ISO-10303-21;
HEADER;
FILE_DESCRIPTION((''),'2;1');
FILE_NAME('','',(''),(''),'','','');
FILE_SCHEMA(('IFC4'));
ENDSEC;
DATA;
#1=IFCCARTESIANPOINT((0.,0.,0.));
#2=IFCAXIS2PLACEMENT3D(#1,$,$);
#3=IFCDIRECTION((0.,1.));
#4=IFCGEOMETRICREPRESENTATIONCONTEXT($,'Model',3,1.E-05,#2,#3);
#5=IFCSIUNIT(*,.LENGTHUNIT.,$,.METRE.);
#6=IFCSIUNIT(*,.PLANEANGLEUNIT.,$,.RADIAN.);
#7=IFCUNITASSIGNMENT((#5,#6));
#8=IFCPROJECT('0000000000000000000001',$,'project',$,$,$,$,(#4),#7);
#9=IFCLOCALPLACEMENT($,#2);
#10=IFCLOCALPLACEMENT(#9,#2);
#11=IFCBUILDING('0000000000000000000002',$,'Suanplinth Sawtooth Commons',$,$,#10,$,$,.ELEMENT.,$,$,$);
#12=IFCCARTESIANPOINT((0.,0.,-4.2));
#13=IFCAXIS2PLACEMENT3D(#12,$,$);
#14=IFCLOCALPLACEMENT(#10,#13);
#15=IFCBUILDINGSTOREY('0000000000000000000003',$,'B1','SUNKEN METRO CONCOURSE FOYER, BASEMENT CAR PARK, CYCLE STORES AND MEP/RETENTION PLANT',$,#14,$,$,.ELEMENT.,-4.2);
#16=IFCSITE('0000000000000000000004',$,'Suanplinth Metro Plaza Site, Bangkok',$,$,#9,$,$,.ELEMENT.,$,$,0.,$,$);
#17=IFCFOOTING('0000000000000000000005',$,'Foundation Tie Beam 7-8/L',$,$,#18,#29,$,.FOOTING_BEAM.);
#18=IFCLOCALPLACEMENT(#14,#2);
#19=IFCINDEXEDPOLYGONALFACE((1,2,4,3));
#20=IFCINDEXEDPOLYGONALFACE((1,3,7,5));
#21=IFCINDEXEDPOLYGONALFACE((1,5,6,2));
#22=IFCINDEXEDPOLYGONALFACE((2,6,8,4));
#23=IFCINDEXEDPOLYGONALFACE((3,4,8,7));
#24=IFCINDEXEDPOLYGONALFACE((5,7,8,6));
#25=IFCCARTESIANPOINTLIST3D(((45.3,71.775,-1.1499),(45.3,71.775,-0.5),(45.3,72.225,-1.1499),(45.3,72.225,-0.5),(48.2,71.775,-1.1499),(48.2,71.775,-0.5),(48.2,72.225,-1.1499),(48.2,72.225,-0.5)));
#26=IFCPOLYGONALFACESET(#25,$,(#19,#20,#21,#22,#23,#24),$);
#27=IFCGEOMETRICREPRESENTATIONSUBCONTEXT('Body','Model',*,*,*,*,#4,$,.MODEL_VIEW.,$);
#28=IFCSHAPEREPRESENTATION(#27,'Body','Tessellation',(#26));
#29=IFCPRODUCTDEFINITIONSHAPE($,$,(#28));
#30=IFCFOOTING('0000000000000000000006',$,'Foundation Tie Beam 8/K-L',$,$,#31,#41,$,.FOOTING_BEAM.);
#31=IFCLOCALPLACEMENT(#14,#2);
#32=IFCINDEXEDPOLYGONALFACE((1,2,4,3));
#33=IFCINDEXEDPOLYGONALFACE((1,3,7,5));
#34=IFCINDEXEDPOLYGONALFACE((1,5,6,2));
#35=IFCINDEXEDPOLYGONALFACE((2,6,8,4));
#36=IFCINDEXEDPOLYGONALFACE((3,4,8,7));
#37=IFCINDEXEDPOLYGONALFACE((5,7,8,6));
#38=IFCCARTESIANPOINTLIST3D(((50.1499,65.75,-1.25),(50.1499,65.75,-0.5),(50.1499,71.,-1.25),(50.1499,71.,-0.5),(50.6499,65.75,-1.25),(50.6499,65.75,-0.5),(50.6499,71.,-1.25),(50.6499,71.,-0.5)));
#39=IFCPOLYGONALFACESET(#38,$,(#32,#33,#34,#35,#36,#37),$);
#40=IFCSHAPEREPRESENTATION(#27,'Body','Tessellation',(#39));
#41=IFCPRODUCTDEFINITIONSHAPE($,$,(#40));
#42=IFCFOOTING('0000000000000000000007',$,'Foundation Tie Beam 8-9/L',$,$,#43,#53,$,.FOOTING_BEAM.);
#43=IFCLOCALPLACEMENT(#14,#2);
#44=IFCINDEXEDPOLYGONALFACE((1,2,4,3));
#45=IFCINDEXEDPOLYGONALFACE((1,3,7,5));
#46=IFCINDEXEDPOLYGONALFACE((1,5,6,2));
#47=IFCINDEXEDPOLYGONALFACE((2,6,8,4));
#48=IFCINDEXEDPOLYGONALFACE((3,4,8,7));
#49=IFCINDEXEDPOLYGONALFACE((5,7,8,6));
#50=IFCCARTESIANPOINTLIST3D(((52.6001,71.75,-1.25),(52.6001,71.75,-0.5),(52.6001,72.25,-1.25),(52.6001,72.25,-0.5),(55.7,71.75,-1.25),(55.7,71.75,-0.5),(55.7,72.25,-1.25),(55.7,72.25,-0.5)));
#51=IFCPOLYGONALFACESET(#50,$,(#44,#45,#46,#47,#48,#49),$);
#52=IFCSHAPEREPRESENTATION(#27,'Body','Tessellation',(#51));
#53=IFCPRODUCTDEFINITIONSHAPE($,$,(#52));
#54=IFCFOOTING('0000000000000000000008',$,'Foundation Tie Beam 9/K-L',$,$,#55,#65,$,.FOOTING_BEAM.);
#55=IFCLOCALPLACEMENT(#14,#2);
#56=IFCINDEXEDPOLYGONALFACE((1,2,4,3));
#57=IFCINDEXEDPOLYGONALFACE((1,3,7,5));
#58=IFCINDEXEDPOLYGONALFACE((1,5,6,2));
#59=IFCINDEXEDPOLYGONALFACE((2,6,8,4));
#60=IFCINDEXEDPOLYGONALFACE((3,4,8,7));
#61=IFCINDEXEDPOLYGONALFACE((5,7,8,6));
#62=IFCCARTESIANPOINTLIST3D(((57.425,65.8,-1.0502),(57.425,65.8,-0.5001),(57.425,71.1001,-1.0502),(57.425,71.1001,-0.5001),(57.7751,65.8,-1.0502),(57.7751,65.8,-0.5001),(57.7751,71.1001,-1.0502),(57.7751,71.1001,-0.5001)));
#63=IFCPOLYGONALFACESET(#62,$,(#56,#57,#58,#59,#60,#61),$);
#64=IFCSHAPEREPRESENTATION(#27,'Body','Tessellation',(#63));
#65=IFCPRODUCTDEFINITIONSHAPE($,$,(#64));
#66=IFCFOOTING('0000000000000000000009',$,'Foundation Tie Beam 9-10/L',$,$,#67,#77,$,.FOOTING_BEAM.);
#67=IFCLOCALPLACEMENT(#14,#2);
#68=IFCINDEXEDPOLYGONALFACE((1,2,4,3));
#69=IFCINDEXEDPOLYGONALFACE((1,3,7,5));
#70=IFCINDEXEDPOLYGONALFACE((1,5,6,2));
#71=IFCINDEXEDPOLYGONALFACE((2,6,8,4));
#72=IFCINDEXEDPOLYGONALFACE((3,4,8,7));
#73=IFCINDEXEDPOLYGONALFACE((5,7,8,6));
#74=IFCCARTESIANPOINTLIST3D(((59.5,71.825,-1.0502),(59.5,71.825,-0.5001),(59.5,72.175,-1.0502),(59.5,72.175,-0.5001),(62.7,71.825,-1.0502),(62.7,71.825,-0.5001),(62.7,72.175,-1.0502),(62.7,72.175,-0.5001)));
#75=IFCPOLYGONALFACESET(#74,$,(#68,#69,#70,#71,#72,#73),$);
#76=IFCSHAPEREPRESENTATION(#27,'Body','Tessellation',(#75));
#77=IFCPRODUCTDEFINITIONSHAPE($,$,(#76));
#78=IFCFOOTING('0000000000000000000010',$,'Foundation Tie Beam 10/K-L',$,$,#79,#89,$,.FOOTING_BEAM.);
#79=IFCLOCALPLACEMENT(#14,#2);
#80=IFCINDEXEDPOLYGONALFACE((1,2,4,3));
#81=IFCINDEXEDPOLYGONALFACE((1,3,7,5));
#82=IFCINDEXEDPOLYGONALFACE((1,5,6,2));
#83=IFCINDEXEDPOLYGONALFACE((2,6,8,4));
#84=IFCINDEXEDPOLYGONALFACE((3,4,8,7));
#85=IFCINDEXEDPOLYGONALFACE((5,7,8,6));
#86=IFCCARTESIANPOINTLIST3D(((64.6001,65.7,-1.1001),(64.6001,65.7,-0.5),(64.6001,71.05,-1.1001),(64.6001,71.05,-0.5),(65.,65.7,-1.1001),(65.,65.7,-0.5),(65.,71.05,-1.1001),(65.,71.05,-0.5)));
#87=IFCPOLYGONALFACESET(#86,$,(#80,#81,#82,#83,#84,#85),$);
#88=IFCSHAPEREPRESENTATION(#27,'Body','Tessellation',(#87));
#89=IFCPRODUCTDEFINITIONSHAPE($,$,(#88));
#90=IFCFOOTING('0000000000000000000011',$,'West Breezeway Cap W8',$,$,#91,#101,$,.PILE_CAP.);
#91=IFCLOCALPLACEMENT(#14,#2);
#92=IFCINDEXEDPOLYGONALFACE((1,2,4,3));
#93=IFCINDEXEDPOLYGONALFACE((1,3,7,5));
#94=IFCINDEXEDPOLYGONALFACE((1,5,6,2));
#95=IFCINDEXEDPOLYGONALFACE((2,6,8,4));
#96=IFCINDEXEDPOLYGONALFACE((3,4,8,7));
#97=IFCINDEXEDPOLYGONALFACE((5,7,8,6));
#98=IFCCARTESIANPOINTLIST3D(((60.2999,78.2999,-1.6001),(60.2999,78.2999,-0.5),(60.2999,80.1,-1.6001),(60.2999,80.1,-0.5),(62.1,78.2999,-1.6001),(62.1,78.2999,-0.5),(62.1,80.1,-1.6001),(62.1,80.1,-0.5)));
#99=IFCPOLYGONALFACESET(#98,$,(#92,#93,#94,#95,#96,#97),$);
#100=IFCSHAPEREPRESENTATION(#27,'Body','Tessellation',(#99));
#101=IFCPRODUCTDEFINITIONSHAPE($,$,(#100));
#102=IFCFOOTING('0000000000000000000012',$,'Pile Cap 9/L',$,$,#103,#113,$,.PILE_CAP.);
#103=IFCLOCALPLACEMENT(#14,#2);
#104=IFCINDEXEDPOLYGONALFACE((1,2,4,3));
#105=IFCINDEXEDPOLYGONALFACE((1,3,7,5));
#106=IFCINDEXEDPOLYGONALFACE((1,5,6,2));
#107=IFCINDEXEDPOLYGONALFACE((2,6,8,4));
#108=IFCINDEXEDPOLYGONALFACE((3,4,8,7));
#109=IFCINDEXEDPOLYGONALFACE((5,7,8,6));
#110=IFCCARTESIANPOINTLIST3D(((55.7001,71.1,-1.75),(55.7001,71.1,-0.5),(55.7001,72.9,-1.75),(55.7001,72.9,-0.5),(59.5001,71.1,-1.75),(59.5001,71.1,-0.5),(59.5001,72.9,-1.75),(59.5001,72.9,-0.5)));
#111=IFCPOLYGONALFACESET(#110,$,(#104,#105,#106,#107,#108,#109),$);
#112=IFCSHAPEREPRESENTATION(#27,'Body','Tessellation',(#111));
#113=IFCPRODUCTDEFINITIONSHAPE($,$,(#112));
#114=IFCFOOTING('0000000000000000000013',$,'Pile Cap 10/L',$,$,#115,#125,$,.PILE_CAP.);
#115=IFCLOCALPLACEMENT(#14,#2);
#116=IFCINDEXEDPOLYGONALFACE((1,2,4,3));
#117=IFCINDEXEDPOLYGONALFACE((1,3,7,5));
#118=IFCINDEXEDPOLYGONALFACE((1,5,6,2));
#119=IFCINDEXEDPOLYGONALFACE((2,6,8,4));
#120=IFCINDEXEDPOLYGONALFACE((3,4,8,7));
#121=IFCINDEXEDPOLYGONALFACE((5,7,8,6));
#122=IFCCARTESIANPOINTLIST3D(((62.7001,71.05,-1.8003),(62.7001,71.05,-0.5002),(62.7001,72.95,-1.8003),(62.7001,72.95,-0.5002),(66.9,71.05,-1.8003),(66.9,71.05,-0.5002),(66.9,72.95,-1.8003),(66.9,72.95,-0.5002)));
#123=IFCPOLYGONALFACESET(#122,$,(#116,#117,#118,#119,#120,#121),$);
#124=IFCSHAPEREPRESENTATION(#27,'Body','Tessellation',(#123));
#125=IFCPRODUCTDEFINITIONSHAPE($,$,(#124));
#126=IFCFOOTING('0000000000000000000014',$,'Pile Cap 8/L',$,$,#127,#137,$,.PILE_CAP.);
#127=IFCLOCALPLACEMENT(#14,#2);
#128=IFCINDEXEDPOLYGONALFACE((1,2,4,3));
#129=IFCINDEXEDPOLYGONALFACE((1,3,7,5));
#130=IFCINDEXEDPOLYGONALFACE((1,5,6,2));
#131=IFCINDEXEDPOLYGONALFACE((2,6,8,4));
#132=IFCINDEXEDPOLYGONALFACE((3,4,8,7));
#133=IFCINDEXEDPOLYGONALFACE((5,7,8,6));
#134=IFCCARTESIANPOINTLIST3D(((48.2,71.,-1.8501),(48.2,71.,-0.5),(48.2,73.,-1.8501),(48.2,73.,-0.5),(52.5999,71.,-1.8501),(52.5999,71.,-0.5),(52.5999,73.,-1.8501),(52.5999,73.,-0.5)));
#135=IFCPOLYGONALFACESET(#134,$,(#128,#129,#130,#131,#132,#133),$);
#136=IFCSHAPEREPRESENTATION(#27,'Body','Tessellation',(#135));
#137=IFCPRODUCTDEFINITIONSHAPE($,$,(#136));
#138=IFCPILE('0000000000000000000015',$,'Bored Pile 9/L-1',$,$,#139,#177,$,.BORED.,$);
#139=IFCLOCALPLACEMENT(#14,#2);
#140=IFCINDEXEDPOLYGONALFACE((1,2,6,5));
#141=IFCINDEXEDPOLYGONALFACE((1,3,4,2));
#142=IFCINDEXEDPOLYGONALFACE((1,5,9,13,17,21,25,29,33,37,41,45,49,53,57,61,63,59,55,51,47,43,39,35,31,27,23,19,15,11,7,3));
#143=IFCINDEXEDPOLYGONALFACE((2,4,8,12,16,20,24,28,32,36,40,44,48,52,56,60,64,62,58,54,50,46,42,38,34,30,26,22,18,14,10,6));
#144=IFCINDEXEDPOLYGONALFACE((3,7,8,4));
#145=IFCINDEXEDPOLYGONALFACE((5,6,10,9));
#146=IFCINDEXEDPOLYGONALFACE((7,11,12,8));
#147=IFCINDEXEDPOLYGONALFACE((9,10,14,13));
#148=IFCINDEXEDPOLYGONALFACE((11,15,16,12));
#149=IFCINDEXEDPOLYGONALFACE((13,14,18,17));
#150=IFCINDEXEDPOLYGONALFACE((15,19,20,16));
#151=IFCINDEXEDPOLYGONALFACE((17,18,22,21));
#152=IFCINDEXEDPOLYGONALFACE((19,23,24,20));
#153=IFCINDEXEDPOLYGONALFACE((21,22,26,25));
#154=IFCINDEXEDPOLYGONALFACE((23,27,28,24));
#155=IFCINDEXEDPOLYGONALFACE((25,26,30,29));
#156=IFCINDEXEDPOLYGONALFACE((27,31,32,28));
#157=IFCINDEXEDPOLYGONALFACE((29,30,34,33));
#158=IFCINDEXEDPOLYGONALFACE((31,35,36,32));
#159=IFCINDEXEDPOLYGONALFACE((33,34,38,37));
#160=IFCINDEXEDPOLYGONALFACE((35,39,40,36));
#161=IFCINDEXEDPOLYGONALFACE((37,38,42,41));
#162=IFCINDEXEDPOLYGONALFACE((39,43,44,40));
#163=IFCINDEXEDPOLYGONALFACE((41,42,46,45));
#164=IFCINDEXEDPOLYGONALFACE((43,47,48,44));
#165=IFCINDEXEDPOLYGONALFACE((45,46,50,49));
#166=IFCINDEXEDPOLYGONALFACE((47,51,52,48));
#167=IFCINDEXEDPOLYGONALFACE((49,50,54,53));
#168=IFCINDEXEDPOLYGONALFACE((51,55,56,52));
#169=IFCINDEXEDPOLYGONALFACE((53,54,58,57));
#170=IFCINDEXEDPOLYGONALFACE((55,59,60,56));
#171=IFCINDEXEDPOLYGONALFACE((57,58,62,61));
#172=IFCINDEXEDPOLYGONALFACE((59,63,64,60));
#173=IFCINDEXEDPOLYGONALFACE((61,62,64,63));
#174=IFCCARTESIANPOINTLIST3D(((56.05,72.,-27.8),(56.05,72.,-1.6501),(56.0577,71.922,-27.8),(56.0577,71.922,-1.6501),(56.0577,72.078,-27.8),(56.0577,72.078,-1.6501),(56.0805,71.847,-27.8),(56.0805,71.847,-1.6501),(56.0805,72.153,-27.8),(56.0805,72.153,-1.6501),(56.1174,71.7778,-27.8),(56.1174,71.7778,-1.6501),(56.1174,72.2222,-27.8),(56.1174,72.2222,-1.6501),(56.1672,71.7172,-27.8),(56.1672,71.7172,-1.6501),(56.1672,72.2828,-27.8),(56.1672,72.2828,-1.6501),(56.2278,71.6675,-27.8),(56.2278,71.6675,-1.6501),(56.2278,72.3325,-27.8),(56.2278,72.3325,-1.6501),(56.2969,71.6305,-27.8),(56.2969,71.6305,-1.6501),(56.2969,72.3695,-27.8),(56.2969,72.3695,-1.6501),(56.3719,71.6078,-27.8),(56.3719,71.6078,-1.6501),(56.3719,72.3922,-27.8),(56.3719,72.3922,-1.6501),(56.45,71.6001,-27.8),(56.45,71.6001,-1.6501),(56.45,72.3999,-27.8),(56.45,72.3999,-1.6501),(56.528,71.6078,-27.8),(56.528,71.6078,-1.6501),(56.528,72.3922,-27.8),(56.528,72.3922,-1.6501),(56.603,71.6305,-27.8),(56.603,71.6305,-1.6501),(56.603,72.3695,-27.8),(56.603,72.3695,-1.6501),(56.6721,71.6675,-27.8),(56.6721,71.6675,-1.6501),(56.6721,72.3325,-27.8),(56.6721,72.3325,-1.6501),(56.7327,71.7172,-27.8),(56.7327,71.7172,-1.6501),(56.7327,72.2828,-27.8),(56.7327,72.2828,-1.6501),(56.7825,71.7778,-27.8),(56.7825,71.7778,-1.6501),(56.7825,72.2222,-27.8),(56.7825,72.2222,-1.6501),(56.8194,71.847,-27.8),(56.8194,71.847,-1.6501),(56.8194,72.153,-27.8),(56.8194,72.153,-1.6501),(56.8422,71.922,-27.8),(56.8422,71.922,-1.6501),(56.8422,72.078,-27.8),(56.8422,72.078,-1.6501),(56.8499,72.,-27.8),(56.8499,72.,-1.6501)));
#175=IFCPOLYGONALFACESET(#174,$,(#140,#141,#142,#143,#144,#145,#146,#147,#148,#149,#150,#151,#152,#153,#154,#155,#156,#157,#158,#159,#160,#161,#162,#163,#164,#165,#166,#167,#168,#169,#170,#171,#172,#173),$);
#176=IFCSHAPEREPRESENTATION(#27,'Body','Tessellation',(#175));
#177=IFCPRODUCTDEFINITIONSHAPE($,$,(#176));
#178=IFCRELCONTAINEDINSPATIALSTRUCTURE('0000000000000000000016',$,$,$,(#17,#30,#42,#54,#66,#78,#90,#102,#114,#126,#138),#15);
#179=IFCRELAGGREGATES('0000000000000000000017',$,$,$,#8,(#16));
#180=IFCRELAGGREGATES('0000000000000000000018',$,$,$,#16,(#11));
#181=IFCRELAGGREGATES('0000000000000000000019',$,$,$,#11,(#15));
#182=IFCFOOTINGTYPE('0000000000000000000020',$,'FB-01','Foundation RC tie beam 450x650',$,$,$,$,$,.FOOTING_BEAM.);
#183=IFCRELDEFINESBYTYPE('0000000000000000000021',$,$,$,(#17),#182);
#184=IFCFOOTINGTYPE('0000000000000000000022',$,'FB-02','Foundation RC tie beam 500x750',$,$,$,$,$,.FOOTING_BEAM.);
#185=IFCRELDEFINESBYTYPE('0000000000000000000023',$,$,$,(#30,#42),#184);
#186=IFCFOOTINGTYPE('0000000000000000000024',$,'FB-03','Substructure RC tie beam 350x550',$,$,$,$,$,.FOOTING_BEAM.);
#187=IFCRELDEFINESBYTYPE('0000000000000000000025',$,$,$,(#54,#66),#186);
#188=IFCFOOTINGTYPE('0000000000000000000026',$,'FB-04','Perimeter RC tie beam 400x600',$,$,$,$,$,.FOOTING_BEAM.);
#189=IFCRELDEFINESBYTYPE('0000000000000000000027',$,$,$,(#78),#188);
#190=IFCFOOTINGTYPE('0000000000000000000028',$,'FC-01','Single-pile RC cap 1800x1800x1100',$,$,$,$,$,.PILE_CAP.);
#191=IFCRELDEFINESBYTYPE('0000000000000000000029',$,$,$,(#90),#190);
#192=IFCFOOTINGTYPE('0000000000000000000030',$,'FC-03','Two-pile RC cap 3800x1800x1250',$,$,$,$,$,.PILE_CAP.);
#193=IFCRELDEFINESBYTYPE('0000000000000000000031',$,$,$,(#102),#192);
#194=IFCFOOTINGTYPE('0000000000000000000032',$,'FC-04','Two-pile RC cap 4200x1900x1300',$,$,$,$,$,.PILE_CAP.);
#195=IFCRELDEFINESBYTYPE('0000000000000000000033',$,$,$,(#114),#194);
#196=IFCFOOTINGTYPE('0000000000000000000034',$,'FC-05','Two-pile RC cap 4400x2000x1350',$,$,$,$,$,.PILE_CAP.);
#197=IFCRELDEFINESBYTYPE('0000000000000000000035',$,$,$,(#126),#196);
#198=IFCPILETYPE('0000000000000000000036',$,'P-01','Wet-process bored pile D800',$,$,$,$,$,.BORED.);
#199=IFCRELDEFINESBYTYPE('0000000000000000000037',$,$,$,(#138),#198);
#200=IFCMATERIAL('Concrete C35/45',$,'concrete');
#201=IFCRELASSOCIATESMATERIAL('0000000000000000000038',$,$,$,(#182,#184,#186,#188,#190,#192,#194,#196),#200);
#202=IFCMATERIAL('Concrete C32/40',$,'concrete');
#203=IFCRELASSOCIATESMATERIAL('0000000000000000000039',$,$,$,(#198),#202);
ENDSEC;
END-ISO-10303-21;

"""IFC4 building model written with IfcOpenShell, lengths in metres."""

from ifc_helpers import new_model, si_unit, direction, frame, origin, origin_2d, place, context, subcontext, project, spatial, rectangle, circle, extrude, material, material_profile, profile_set, type_object, element, save


model = new_model("IFC4")

# Units and contexts
model_context = context("Model", 3, precision=1e-05, world=origin(), true_north=direction((0.0, 1.0)))
body_context = subcontext(model_context, "Body", "Model", "MODEL_VIEW")
ifc_project = project(units=[si_unit("LENGTHUNIT", "METRE"), si_unit("PLANEANGLEUNIT", "RADIAN")], contexts=[model_context])

# Site, building, storey
site_placement = place(None, origin())
site = spatial("IfcSite", under=ifc_project, at=site_placement, Name="Suanplinth Metro Plaza Site, Bangkok", CompositionType="ELEMENT", RefElevation=0.0)
building_placement = place(site_placement, origin())
building = spatial("IfcBuilding", under=site, at=building_placement, Name="Suanplinth Sawtooth Commons", CompositionType="ELEMENT")
storey_placement = place(building_placement, frame((0.0, 0.0, -4.2)))
storey = spatial("IfcBuildingStorey", under=building, at=storey_placement, Name="B1", Description="SUNKEN METRO CONCOURSE FOYER, BASEMENT CAR PARK, CYCLE STORES AND MEP/RETENTION PLANT", CompositionType="ELEMENT", Elevation=-4.2)

# Footings
ifc_material_1 = material(Name="Concrete C35/45", Category="concrete")
ifc_material_profile_1 = material_profile(ifc_material_1, rectangle(XDim=0.45, YDim=0.6499, at=origin_2d()), Name="PC-GDR 450x650")
ifc_profile_set_1 = profile_set([ifc_material_profile_1], Name="Concrete C35/45")
footing_type_1 = type_object("IfcFootingType", Name="FB-01", Description="Foundation RC tie beam 450x650", PredefinedType="FOOTING_BEAM", material=ifc_profile_set_1)
footing_1_placement = place(storey_placement, frame((45.3, 72.0, -0.825), z_axis=(1.0, 0.0, 0.0), x_axis=(0.0, 1.0, 0.0)))
element("IfcFooting", 1, at=footing_1_placement, inside=storey, type_object=footing_type_1, Name="Foundation Tie Beam 7-8/L", PredefinedType="FOOTING_BEAM", context=body_context, shape_type="SweptSolid", body=[
    extrude(rectangle(XDim=0.45, YDim=0.6499, at=origin_2d()), origin(), (0.0, 0.0, 1.0), 2.8999),
])
ifc_material_profile_2 = material_profile(ifc_material_1, rectangle(XDim=0.5, YDim=0.75, at=origin_2d()), Name="RC-GDR 500x750")
ifc_profile_set_2 = profile_set([ifc_material_profile_2], Name="Concrete C35/45")
footing_type_2 = type_object("IfcFootingType", Name="FB-02", Description="Foundation RC tie beam 500x750", PredefinedType="FOOTING_BEAM", material=ifc_profile_set_2)
footing_2_placement = place(storey_placement, frame((50.3999, 65.75, -0.875), z_axis=(0.0, 1.0, 0.0), x_axis=(-1.0, 0.0, 0.0)))
element("IfcFooting", 2, at=footing_2_placement, inside=storey, type_object=footing_type_2, Name="Foundation Tie Beam 8/K-L", PredefinedType="FOOTING_BEAM", context=body_context, shape_type="SweptSolid", body=[
    extrude(rectangle(XDim=0.5, YDim=0.75, at=origin_2d()), origin(), (0.0, 0.0, 1.0), 5.25),
])
footing_3_placement = place(storey_placement, frame((52.6001, 72.0, -0.875), z_axis=(1.0, 0.0, 0.0), x_axis=(0.0, 1.0, 0.0)))
element("IfcFooting", 3, at=footing_3_placement, inside=storey, type_object=footing_type_2, Name="Foundation Tie Beam 8-9/L", PredefinedType="FOOTING_BEAM", context=body_context, shape_type="SweptSolid", body=[
    extrude(rectangle(XDim=0.5, YDim=0.75, at=origin_2d()), origin(), (0.0, 0.0, 1.0), 3.0999),
])
ifc_material_profile_3 = material_profile(ifc_material_1, rectangle(XDim=0.3501, YDim=0.55, at=origin_2d()), Name="PC-BM 350x550")
ifc_profile_set_3 = profile_set([ifc_material_profile_3], Name="Concrete C35/45")
footing_type_3 = type_object("IfcFootingType", Name="FB-03", Description="Substructure RC tie beam 350x550", PredefinedType="FOOTING_BEAM", material=ifc_profile_set_3)
footing_4_placement = place(storey_placement, frame((57.6001, 65.8, -0.7751), z_axis=(0.0, 1.0, 0.0), x_axis=(-1.0, 0.0, 0.0)))
element("IfcFooting", 4, at=footing_4_placement, inside=storey, type_object=footing_type_3, Name="Foundation Tie Beam 9/K-L", PredefinedType="FOOTING_BEAM", context=body_context, shape_type="SweptSolid", body=[
    extrude(rectangle(XDim=0.3501, YDim=0.55, at=origin_2d()), origin(), (0.0, 0.0, 1.0), 5.3),
])
footing_5_placement = place(storey_placement, frame((59.5, 72.0, -0.7751), z_axis=(1.0, 0.0, 0.0), x_axis=(0.0, 1.0, 0.0)))
element("IfcFooting", 5, at=footing_5_placement, inside=storey, type_object=footing_type_3, Name="Foundation Tie Beam 9-10/L", PredefinedType="FOOTING_BEAM", context=body_context, shape_type="SweptSolid", body=[
    extrude(rectangle(XDim=0.3501, YDim=0.55, at=origin_2d()), origin(), (0.0, 0.0, 1.0), 3.2),
])
ifc_material_profile_4 = material_profile(ifc_material_1, rectangle(XDim=0.3999, YDim=0.6001, at=origin_2d()), Name="PC-GDR 400x600")
ifc_profile_set_4 = profile_set([ifc_material_profile_4], Name="Concrete C35/45")
footing_type_4 = type_object("IfcFootingType", Name="FB-04", Description="Perimeter RC tie beam 400x600", PredefinedType="FOOTING_BEAM", material=ifc_profile_set_4)
footing_6_placement = place(storey_placement, frame((64.8, 65.7, -0.8), z_axis=(0.0, 1.0, 0.0), x_axis=(-1.0, 0.0, 0.0)))
element("IfcFooting", 6, at=footing_6_placement, inside=storey, type_object=footing_type_4, Name="Foundation Tie Beam 10/K-L", PredefinedType="FOOTING_BEAM", context=body_context, shape_type="SweptSolid", body=[
    extrude(rectangle(XDim=0.3999, YDim=0.6001, at=origin_2d()), origin(), (0.0, 0.0, 1.0), 5.3501),
])
footing_type_5 = type_object("IfcFootingType", Name="FC-01", Description="Single-pile RC cap 1800x1800x1100", PredefinedType="PILE_CAP", material=ifc_material_1)
footing_7_placement = place(storey_placement, frame((61.2, 79.2, -1.6001), z_axis=(0.0, 0.0, 1.0), x_axis=(1.0, 0.0, 0.0)))
element("IfcFooting", 7, at=footing_7_placement, inside=storey, type_object=footing_type_5, Name="West Breezeway Cap W8", PredefinedType="PILE_CAP", context=body_context, shape_type="SweptSolid", body=[
    extrude(rectangle(XDim=1.8, YDim=1.8, at=origin_2d()), origin(), (0.0, 0.0, 1.0), 1.1001),
])
footing_type_6 = type_object("IfcFootingType", Name="FC-03", Description="Two-pile RC cap 3800x1800x1250", PredefinedType="PILE_CAP", material=ifc_material_1)
footing_8_placement = place(storey_placement, frame((57.6001, 72.0, -1.75), z_axis=(0.0, 0.0, 1.0), x_axis=(1.0, 0.0, 0.0)))
element("IfcFooting", 8, at=footing_8_placement, inside=storey, type_object=footing_type_6, Name="Pile Cap 9/L", PredefinedType="PILE_CAP", context=body_context, shape_type="SweptSolid", body=[
    extrude(rectangle(XDim=3.8, YDim=1.8, at=origin_2d()), origin(), (0.0, 0.0, 1.0), 1.25),
])
footing_type_7 = type_object("IfcFootingType", Name="FC-04", Description="Two-pile RC cap 4200x1900x1300", PredefinedType="PILE_CAP", material=ifc_material_1)
footing_9_placement = place(storey_placement, frame((64.8, 72.0, -1.8003), z_axis=(0.0, 0.0, 1.0), x_axis=(1.0, 0.0, 0.0)))
element("IfcFooting", 9, at=footing_9_placement, inside=storey, type_object=footing_type_7, Name="Pile Cap 10/L", PredefinedType="PILE_CAP", context=body_context, shape_type="SweptSolid", body=[
    extrude(rectangle(XDim=4.2, YDim=1.8999, at=origin_2d()), origin(), (0.0, 0.0, 1.0), 1.3),
])
footing_type_8 = type_object("IfcFootingType", Name="FC-05", Description="Two-pile RC cap 4400x2000x1350", PredefinedType="PILE_CAP", material=ifc_material_1)
footing_10_placement = place(storey_placement, frame((50.3999, 72.0, -1.8501), z_axis=(0.0, 0.0, 1.0), x_axis=(1.0, 0.0, 0.0)))
element("IfcFooting", 10, at=footing_10_placement, inside=storey, type_object=footing_type_8, Name="Pile Cap 8/L", PredefinedType="PILE_CAP", context=body_context, shape_type="SweptSolid", body=[
    extrude(rectangle(XDim=4.3999, YDim=2.0, at=origin_2d()), origin(), (0.0, 0.0, 1.0), 1.3501),
])

# Pile
ifc_material_2 = material(Name="Concrete C32/40", Category="concrete")
ifc_material_profile_5 = material_profile(ifc_material_2, circle(Radius=0.3999, at=origin_2d()), Name="PILE D800")
ifc_profile_set_5 = profile_set([ifc_material_profile_5], Name="Concrete C32/40")
pile_type_1 = type_object("IfcPileType", Name="P-01", Description="Wet-process bored pile D800", PredefinedType="BORED", material=ifc_profile_set_5)
for number, where, z_axis, x_axis, name in (
    (11, (56.45, 72.0, -1.6501), (0.0, 0.0, -1.0), (1.0, 0.0, 0.0), "Bored Pile 9/L-1"),
):
    element("IfcPile", number, at=place(storey_placement, frame(where, z_axis=z_axis, x_axis=x_axis)), inside=storey, type_object=pile_type_1, Name=name, PredefinedType="BORED", context=body_context, shape_type="SweptSolid", body=[
        extrude(circle(Radius=0.3999, at=origin_2d()), origin(), (0.0, 0.0, 1.0), 26.1499),
    ])

save(model, "model.ifc")
